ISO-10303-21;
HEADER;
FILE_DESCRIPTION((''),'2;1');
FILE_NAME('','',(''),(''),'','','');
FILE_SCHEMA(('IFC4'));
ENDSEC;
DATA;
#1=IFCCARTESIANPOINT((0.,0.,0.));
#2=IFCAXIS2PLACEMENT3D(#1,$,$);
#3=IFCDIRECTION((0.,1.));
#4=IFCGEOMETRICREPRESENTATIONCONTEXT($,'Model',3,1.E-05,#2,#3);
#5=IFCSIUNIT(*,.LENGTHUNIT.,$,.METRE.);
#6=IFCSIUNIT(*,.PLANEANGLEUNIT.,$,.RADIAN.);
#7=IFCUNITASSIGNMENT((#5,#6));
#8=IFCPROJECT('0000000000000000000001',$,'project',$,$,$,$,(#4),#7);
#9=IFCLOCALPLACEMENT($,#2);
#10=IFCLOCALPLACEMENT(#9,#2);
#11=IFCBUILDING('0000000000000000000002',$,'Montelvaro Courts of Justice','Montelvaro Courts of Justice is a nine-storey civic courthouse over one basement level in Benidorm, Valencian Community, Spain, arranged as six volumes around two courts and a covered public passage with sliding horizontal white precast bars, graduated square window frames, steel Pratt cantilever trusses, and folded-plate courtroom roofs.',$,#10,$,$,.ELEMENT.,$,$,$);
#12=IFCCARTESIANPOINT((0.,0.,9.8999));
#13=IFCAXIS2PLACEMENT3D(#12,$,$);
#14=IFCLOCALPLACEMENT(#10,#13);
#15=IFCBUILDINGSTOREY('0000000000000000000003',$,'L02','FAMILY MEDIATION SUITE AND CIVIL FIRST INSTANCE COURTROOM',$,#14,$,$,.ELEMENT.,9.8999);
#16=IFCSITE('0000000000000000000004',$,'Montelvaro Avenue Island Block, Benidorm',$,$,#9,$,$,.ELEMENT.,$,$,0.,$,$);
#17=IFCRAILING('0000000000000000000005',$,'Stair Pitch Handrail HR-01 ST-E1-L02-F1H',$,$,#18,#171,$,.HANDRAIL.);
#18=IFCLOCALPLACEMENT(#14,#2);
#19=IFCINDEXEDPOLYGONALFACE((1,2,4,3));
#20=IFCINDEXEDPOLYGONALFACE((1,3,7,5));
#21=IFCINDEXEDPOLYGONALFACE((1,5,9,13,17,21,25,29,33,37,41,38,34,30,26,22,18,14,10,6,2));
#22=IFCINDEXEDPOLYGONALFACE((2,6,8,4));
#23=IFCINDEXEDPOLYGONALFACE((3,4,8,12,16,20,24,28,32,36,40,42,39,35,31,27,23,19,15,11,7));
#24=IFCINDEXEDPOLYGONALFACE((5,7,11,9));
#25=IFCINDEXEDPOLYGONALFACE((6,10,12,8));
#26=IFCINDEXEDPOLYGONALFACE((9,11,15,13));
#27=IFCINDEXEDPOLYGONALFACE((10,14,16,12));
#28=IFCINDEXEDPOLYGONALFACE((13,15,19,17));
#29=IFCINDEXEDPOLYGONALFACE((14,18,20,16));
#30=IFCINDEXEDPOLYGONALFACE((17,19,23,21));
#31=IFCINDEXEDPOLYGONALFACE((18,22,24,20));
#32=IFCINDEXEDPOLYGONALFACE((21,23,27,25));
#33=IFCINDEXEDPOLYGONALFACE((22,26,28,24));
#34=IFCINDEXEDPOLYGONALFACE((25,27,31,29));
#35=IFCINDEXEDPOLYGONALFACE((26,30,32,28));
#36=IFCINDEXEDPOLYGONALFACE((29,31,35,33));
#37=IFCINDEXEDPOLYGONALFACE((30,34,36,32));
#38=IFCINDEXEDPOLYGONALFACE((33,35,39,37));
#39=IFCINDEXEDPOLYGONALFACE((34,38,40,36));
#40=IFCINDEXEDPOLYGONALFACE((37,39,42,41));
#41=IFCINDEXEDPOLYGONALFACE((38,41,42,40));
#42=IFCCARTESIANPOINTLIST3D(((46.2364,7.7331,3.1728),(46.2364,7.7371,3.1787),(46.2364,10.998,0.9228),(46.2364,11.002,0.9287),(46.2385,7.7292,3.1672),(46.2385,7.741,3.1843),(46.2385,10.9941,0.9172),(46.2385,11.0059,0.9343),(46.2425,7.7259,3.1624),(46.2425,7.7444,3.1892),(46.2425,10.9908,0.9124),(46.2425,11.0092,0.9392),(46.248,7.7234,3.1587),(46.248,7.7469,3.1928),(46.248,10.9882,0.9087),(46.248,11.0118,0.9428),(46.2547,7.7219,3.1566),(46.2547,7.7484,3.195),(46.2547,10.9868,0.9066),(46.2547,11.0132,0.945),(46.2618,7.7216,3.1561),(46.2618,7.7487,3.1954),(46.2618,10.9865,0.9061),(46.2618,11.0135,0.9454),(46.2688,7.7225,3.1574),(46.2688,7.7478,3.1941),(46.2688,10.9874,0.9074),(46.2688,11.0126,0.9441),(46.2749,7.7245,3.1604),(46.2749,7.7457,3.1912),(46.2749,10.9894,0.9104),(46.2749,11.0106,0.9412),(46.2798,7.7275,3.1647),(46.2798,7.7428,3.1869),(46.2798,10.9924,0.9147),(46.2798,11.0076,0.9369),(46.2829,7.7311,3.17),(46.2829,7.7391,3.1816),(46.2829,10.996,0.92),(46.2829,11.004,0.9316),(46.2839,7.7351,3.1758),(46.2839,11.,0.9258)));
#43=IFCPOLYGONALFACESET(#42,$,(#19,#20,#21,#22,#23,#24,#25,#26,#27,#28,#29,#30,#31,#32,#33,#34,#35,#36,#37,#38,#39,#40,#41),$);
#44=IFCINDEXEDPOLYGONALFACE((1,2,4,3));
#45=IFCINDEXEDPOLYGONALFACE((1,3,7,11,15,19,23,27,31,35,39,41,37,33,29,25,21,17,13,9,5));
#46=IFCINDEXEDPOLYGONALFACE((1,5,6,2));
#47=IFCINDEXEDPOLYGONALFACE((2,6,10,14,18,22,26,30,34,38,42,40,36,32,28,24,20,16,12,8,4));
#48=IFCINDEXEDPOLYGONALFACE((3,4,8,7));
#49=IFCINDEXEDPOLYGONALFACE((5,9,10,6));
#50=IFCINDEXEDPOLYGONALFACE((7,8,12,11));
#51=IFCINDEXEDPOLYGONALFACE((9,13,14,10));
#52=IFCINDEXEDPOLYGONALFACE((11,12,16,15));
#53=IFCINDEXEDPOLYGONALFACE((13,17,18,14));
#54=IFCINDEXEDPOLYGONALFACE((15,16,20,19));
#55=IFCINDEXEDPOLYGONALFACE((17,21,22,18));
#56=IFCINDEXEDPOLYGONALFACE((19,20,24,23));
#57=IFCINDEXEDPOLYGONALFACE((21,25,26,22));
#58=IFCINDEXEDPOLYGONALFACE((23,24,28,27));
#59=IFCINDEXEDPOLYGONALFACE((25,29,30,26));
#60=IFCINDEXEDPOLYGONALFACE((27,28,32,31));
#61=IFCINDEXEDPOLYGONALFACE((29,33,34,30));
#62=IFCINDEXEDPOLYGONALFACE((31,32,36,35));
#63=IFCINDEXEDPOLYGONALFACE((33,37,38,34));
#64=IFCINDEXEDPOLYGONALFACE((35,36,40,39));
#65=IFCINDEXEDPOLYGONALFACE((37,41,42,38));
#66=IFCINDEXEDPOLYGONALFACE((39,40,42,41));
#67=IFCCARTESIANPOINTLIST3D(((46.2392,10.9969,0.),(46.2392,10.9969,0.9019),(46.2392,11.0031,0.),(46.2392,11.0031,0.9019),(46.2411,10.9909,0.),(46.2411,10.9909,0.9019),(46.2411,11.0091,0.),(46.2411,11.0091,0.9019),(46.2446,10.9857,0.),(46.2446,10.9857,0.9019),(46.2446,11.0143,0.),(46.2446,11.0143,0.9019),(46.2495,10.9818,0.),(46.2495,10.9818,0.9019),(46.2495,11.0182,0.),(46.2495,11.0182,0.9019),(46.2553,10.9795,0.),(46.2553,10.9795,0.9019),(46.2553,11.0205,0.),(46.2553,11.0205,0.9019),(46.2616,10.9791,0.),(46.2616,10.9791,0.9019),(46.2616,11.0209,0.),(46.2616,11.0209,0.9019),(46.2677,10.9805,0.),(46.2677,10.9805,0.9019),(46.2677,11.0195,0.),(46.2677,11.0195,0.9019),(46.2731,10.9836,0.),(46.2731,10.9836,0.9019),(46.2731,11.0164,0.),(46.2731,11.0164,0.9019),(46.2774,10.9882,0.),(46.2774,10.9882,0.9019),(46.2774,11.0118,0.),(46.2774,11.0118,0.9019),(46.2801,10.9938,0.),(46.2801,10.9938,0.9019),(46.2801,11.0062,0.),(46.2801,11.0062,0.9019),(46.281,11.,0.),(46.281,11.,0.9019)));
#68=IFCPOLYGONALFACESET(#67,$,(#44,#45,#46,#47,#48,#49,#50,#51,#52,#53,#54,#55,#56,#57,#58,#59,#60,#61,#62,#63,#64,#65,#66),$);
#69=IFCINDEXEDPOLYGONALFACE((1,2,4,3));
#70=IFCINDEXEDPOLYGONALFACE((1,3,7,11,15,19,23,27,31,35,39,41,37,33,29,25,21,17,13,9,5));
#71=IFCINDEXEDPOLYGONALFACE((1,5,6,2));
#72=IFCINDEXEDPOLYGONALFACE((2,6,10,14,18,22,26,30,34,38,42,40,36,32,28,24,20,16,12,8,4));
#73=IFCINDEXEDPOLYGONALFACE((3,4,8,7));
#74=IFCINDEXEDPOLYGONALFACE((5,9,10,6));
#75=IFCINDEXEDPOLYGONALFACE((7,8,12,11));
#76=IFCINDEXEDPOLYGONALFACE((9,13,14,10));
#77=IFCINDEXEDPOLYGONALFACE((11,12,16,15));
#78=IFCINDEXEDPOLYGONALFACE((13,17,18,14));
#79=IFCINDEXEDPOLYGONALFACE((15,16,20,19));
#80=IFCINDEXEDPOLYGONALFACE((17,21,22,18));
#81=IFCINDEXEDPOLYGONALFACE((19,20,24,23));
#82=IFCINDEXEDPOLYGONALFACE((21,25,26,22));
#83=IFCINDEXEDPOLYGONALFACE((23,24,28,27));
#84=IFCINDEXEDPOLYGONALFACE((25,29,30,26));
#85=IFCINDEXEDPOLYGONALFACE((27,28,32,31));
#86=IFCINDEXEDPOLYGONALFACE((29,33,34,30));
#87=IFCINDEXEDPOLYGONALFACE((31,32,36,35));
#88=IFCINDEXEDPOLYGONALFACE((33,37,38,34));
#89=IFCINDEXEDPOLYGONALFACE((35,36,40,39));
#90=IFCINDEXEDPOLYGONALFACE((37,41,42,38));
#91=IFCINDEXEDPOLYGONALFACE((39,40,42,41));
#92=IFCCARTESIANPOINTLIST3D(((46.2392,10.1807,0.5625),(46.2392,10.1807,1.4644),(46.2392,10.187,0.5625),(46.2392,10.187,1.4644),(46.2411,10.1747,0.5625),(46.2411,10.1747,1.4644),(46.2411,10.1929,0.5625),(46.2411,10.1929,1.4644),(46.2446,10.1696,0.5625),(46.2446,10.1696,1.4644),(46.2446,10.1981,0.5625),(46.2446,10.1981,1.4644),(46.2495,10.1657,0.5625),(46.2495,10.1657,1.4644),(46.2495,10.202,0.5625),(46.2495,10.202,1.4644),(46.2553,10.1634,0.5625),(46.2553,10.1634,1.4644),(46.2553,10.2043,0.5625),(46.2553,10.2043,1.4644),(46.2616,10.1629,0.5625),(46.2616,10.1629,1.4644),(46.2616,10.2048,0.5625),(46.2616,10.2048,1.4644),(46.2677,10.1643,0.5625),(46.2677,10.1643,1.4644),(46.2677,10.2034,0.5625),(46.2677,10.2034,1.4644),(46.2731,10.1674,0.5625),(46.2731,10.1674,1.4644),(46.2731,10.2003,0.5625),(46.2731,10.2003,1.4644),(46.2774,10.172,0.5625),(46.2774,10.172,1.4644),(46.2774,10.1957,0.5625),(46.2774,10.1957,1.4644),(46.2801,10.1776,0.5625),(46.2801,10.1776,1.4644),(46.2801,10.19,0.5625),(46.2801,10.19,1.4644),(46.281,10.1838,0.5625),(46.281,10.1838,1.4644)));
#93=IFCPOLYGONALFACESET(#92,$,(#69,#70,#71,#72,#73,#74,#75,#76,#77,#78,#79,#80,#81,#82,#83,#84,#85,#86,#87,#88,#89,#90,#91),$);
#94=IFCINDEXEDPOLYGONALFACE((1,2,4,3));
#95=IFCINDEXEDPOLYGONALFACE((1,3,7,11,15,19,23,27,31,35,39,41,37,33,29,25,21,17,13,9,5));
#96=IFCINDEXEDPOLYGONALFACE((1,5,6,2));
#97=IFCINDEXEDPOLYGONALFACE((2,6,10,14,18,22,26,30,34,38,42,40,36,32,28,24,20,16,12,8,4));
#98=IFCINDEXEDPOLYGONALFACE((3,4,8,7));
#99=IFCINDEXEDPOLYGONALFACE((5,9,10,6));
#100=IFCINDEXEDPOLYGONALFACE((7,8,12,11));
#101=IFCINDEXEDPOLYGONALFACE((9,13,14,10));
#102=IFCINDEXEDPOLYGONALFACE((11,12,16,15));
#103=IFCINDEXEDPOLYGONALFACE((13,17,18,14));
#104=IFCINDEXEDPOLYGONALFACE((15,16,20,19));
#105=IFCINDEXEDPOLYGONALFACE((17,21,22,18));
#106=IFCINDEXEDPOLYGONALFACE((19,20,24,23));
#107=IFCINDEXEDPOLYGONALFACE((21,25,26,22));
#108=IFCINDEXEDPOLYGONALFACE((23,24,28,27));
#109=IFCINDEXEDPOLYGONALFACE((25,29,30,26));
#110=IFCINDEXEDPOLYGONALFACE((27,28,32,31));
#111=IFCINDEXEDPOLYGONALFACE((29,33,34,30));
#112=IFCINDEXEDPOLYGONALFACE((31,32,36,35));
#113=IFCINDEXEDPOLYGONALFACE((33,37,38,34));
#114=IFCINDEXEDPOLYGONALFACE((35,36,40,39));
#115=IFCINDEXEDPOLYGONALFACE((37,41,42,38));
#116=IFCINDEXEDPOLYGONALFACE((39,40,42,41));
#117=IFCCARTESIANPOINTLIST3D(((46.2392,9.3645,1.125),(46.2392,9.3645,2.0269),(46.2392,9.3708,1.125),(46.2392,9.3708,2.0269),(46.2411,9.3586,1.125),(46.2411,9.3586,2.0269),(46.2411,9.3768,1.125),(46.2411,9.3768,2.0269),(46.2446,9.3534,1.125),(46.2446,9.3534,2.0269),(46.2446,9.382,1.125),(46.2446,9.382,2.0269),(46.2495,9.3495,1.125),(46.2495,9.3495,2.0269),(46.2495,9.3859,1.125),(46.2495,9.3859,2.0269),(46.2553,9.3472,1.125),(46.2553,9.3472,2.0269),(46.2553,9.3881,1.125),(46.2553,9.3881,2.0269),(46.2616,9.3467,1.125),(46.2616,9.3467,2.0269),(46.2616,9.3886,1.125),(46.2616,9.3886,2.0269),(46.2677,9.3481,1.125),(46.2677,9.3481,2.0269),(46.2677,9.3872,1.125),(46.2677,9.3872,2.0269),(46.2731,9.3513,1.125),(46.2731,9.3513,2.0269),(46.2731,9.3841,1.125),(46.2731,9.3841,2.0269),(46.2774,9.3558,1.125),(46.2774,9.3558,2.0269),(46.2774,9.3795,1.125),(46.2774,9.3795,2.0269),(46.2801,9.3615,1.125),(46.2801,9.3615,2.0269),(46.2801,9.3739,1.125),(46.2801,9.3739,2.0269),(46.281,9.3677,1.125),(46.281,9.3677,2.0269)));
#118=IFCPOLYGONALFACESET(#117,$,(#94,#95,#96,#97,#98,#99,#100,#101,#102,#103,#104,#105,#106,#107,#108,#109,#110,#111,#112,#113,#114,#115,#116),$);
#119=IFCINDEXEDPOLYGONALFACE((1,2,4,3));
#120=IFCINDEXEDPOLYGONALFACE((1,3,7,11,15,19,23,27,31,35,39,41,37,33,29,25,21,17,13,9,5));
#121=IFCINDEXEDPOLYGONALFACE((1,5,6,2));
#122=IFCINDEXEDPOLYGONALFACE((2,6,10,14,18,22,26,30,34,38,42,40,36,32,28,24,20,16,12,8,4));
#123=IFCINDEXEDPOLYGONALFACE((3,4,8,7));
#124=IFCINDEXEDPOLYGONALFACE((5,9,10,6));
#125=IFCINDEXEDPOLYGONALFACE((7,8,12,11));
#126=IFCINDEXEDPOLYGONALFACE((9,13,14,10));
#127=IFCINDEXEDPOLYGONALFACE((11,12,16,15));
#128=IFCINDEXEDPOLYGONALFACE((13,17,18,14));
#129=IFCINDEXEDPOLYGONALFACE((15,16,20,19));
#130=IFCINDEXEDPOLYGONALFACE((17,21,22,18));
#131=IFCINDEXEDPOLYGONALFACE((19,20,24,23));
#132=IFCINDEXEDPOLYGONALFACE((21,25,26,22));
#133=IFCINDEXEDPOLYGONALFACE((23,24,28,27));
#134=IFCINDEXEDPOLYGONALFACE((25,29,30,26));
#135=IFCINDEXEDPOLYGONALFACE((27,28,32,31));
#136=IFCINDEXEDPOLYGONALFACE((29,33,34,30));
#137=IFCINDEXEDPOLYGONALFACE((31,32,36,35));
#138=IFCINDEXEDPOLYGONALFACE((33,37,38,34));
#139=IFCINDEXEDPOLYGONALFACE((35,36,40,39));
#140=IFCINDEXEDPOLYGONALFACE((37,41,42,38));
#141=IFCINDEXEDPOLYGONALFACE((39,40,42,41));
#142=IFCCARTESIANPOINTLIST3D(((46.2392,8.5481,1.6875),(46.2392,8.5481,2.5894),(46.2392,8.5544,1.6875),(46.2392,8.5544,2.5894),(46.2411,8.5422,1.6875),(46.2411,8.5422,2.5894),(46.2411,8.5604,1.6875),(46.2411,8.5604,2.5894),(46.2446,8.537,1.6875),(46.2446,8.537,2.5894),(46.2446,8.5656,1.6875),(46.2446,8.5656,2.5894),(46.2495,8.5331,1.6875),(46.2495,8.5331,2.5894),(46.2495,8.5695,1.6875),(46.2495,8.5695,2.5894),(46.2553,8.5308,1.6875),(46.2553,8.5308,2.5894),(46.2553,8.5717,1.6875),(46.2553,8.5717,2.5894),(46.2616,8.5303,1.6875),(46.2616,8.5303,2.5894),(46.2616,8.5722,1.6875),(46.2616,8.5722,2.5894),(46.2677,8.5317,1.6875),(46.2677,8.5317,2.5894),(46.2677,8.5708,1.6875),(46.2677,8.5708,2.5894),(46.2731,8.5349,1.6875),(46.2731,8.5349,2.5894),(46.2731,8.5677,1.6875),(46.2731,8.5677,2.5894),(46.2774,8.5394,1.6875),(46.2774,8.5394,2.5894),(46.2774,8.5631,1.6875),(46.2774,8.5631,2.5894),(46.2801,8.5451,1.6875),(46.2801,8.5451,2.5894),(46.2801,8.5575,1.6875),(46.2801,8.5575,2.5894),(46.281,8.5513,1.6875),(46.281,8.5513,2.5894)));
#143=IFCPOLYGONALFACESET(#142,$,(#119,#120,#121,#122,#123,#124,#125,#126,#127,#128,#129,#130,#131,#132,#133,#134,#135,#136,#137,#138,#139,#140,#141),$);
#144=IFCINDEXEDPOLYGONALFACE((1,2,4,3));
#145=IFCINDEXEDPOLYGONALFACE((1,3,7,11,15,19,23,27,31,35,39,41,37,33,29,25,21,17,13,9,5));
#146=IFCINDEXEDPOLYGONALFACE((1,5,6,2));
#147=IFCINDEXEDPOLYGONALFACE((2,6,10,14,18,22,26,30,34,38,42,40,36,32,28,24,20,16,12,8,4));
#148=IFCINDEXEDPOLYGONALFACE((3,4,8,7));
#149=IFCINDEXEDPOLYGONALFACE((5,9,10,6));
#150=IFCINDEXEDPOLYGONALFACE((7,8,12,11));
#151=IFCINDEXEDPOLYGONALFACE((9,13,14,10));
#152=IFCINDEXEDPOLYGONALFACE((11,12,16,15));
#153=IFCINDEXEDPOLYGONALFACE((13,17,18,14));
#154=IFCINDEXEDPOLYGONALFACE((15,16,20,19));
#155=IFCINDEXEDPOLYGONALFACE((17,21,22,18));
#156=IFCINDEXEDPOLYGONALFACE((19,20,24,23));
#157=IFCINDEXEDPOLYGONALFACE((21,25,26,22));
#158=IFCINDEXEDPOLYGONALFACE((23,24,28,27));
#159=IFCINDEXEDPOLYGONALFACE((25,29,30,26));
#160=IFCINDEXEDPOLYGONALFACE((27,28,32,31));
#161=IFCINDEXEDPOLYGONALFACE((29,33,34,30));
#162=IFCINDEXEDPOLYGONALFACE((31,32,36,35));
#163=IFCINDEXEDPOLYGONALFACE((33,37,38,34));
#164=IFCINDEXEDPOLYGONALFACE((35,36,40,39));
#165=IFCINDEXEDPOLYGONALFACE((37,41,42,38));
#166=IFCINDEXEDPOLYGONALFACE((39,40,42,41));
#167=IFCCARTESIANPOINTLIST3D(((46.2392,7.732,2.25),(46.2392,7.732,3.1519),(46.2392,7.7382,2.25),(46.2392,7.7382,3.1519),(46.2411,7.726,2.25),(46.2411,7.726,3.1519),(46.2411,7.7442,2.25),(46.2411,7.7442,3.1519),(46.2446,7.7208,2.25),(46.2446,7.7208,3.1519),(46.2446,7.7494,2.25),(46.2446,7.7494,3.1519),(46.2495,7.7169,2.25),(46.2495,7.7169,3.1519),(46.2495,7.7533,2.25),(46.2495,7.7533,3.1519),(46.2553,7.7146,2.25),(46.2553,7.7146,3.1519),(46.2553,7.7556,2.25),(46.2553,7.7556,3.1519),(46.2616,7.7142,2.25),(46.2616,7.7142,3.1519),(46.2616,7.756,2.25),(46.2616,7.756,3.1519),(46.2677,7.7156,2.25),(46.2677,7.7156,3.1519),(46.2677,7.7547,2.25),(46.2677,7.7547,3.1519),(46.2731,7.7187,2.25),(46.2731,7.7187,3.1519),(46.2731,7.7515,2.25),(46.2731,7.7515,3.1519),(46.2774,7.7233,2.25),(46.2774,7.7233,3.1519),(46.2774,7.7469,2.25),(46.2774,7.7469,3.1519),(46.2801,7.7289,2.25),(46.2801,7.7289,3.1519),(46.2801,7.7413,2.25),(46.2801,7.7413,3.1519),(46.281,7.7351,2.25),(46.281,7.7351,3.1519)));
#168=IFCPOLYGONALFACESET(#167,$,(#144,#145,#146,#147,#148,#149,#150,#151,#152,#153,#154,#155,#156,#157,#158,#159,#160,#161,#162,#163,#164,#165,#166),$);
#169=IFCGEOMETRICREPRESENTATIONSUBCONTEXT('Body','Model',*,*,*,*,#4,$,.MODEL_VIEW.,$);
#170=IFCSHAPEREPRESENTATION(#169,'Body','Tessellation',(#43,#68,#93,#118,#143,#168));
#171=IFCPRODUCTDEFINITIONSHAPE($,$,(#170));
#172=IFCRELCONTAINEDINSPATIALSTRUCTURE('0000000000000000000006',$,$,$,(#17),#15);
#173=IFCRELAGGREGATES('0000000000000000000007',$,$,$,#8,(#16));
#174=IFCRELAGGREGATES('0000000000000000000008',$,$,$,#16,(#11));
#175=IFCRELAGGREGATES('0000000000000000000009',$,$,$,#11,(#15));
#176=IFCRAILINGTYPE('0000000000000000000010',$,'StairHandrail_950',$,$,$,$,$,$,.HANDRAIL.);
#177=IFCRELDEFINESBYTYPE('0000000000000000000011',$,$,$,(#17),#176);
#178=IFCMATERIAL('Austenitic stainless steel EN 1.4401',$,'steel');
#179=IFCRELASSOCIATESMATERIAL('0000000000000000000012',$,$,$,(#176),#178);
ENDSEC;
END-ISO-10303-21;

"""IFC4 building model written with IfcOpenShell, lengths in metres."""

from ifc_helpers import new_model, si_unit, direction, frame, origin, origin_2d, place, context, subcontext, project, spatial, circle, extrude, material, type_object, element, save


model = new_model("IFC4")

# Units and contexts
model_context = context("Model", 3, precision=1e-05, world=origin(), true_north=direction((0.0, 1.0)))
body_context = subcontext(model_context, "Body", "Model", "MODEL_VIEW")
ifc_project = project(units=[si_unit("LENGTHUNIT", "METRE"), si_unit("PLANEANGLEUNIT", "RADIAN")], contexts=[model_context])

# Site, building, storey
site_placement = place(None, origin())
site = spatial("IfcSite", under=ifc_project, at=site_placement, Name="Montelvaro Avenue Island Block, Benidorm", CompositionType="ELEMENT", RefElevation=0.0)
building_placement = place(site_placement, origin())
building = spatial("IfcBuilding", under=site, at=building_placement, Name="Montelvaro Courts of Justice", Description="Montelvaro Courts of Justice is a nine-storey civic courthouse over one basement level in Benidorm, Valencian Community, Spain, arranged as six volumes around two courts and a covered public passage with sliding horizontal white precast bars, graduated square window frames, steel Pratt cantilever trusses, and folded-plate courtroom roofs.", CompositionType="ELEMENT")
storey_placement = place(building_placement, frame((0.0, 0.0, 9.8999)))
storey = spatial("IfcBuildingStorey", under=building, at=storey_placement, Name="L02", Description="FAMILY MEDIATION SUITE AND CIVIL FIRST INSTANCE COURTROOM", CompositionType="ELEMENT", Elevation=9.8999)

# Railing
ifc_material_1 = material(Name="Austenitic stainless steel EN 1.4401", Category="steel")
railing_type_1 = type_object("IfcRailingType", Name="StairHandrail_950", PredefinedType="HANDRAIL", material=ifc_material_1)
railing_1_placement = place(storey_placement, frame((46.26, 11.0, 0.0)))
element("IfcRailing", 1, at=railing_1_placement, inside=storey, type_object=railing_type_1, Name="Stair Pitch Handrail HR-01 ST-E1-L02-F1H", PredefinedType="HANDRAIL", context=body_context, shape_type="SweptSolid", body=[
    extrude(circle(Radius=0.0239, at=origin_2d()), frame((0.0, 0.0, 0.9258), z_axis=(0.0, -0.823407, 0.567451), x_axis=(1.0, 0.0, 0.0)), (0.0, 0.0, 1.0), 3.9651),
    extrude(circle(Radius=0.021, at=origin_2d()), origin(), (0.0, 0.0, 1.0), 0.9019),
    extrude(circle(Radius=0.021, at=origin_2d()), frame((0.0, -0.8162, 0.5625)), (0.0, 0.0, 1.0), 0.9019),
    extrude(circle(Radius=0.021, at=origin_2d()), frame((0.0, -1.6323, 1.125)), (0.0, 0.0, 1.0), 0.9019),
    extrude(circle(Radius=0.021, at=origin_2d()), frame((0.0, -2.4487, 1.6875)), (0.0, 0.0, 1.0), 0.9019),
    extrude(circle(Radius=0.021, at=origin_2d()), frame((0.0, -3.2649, 2.25)), (0.0, 0.0, 1.0), 0.9019),
])

save(model, "model.ifc")
